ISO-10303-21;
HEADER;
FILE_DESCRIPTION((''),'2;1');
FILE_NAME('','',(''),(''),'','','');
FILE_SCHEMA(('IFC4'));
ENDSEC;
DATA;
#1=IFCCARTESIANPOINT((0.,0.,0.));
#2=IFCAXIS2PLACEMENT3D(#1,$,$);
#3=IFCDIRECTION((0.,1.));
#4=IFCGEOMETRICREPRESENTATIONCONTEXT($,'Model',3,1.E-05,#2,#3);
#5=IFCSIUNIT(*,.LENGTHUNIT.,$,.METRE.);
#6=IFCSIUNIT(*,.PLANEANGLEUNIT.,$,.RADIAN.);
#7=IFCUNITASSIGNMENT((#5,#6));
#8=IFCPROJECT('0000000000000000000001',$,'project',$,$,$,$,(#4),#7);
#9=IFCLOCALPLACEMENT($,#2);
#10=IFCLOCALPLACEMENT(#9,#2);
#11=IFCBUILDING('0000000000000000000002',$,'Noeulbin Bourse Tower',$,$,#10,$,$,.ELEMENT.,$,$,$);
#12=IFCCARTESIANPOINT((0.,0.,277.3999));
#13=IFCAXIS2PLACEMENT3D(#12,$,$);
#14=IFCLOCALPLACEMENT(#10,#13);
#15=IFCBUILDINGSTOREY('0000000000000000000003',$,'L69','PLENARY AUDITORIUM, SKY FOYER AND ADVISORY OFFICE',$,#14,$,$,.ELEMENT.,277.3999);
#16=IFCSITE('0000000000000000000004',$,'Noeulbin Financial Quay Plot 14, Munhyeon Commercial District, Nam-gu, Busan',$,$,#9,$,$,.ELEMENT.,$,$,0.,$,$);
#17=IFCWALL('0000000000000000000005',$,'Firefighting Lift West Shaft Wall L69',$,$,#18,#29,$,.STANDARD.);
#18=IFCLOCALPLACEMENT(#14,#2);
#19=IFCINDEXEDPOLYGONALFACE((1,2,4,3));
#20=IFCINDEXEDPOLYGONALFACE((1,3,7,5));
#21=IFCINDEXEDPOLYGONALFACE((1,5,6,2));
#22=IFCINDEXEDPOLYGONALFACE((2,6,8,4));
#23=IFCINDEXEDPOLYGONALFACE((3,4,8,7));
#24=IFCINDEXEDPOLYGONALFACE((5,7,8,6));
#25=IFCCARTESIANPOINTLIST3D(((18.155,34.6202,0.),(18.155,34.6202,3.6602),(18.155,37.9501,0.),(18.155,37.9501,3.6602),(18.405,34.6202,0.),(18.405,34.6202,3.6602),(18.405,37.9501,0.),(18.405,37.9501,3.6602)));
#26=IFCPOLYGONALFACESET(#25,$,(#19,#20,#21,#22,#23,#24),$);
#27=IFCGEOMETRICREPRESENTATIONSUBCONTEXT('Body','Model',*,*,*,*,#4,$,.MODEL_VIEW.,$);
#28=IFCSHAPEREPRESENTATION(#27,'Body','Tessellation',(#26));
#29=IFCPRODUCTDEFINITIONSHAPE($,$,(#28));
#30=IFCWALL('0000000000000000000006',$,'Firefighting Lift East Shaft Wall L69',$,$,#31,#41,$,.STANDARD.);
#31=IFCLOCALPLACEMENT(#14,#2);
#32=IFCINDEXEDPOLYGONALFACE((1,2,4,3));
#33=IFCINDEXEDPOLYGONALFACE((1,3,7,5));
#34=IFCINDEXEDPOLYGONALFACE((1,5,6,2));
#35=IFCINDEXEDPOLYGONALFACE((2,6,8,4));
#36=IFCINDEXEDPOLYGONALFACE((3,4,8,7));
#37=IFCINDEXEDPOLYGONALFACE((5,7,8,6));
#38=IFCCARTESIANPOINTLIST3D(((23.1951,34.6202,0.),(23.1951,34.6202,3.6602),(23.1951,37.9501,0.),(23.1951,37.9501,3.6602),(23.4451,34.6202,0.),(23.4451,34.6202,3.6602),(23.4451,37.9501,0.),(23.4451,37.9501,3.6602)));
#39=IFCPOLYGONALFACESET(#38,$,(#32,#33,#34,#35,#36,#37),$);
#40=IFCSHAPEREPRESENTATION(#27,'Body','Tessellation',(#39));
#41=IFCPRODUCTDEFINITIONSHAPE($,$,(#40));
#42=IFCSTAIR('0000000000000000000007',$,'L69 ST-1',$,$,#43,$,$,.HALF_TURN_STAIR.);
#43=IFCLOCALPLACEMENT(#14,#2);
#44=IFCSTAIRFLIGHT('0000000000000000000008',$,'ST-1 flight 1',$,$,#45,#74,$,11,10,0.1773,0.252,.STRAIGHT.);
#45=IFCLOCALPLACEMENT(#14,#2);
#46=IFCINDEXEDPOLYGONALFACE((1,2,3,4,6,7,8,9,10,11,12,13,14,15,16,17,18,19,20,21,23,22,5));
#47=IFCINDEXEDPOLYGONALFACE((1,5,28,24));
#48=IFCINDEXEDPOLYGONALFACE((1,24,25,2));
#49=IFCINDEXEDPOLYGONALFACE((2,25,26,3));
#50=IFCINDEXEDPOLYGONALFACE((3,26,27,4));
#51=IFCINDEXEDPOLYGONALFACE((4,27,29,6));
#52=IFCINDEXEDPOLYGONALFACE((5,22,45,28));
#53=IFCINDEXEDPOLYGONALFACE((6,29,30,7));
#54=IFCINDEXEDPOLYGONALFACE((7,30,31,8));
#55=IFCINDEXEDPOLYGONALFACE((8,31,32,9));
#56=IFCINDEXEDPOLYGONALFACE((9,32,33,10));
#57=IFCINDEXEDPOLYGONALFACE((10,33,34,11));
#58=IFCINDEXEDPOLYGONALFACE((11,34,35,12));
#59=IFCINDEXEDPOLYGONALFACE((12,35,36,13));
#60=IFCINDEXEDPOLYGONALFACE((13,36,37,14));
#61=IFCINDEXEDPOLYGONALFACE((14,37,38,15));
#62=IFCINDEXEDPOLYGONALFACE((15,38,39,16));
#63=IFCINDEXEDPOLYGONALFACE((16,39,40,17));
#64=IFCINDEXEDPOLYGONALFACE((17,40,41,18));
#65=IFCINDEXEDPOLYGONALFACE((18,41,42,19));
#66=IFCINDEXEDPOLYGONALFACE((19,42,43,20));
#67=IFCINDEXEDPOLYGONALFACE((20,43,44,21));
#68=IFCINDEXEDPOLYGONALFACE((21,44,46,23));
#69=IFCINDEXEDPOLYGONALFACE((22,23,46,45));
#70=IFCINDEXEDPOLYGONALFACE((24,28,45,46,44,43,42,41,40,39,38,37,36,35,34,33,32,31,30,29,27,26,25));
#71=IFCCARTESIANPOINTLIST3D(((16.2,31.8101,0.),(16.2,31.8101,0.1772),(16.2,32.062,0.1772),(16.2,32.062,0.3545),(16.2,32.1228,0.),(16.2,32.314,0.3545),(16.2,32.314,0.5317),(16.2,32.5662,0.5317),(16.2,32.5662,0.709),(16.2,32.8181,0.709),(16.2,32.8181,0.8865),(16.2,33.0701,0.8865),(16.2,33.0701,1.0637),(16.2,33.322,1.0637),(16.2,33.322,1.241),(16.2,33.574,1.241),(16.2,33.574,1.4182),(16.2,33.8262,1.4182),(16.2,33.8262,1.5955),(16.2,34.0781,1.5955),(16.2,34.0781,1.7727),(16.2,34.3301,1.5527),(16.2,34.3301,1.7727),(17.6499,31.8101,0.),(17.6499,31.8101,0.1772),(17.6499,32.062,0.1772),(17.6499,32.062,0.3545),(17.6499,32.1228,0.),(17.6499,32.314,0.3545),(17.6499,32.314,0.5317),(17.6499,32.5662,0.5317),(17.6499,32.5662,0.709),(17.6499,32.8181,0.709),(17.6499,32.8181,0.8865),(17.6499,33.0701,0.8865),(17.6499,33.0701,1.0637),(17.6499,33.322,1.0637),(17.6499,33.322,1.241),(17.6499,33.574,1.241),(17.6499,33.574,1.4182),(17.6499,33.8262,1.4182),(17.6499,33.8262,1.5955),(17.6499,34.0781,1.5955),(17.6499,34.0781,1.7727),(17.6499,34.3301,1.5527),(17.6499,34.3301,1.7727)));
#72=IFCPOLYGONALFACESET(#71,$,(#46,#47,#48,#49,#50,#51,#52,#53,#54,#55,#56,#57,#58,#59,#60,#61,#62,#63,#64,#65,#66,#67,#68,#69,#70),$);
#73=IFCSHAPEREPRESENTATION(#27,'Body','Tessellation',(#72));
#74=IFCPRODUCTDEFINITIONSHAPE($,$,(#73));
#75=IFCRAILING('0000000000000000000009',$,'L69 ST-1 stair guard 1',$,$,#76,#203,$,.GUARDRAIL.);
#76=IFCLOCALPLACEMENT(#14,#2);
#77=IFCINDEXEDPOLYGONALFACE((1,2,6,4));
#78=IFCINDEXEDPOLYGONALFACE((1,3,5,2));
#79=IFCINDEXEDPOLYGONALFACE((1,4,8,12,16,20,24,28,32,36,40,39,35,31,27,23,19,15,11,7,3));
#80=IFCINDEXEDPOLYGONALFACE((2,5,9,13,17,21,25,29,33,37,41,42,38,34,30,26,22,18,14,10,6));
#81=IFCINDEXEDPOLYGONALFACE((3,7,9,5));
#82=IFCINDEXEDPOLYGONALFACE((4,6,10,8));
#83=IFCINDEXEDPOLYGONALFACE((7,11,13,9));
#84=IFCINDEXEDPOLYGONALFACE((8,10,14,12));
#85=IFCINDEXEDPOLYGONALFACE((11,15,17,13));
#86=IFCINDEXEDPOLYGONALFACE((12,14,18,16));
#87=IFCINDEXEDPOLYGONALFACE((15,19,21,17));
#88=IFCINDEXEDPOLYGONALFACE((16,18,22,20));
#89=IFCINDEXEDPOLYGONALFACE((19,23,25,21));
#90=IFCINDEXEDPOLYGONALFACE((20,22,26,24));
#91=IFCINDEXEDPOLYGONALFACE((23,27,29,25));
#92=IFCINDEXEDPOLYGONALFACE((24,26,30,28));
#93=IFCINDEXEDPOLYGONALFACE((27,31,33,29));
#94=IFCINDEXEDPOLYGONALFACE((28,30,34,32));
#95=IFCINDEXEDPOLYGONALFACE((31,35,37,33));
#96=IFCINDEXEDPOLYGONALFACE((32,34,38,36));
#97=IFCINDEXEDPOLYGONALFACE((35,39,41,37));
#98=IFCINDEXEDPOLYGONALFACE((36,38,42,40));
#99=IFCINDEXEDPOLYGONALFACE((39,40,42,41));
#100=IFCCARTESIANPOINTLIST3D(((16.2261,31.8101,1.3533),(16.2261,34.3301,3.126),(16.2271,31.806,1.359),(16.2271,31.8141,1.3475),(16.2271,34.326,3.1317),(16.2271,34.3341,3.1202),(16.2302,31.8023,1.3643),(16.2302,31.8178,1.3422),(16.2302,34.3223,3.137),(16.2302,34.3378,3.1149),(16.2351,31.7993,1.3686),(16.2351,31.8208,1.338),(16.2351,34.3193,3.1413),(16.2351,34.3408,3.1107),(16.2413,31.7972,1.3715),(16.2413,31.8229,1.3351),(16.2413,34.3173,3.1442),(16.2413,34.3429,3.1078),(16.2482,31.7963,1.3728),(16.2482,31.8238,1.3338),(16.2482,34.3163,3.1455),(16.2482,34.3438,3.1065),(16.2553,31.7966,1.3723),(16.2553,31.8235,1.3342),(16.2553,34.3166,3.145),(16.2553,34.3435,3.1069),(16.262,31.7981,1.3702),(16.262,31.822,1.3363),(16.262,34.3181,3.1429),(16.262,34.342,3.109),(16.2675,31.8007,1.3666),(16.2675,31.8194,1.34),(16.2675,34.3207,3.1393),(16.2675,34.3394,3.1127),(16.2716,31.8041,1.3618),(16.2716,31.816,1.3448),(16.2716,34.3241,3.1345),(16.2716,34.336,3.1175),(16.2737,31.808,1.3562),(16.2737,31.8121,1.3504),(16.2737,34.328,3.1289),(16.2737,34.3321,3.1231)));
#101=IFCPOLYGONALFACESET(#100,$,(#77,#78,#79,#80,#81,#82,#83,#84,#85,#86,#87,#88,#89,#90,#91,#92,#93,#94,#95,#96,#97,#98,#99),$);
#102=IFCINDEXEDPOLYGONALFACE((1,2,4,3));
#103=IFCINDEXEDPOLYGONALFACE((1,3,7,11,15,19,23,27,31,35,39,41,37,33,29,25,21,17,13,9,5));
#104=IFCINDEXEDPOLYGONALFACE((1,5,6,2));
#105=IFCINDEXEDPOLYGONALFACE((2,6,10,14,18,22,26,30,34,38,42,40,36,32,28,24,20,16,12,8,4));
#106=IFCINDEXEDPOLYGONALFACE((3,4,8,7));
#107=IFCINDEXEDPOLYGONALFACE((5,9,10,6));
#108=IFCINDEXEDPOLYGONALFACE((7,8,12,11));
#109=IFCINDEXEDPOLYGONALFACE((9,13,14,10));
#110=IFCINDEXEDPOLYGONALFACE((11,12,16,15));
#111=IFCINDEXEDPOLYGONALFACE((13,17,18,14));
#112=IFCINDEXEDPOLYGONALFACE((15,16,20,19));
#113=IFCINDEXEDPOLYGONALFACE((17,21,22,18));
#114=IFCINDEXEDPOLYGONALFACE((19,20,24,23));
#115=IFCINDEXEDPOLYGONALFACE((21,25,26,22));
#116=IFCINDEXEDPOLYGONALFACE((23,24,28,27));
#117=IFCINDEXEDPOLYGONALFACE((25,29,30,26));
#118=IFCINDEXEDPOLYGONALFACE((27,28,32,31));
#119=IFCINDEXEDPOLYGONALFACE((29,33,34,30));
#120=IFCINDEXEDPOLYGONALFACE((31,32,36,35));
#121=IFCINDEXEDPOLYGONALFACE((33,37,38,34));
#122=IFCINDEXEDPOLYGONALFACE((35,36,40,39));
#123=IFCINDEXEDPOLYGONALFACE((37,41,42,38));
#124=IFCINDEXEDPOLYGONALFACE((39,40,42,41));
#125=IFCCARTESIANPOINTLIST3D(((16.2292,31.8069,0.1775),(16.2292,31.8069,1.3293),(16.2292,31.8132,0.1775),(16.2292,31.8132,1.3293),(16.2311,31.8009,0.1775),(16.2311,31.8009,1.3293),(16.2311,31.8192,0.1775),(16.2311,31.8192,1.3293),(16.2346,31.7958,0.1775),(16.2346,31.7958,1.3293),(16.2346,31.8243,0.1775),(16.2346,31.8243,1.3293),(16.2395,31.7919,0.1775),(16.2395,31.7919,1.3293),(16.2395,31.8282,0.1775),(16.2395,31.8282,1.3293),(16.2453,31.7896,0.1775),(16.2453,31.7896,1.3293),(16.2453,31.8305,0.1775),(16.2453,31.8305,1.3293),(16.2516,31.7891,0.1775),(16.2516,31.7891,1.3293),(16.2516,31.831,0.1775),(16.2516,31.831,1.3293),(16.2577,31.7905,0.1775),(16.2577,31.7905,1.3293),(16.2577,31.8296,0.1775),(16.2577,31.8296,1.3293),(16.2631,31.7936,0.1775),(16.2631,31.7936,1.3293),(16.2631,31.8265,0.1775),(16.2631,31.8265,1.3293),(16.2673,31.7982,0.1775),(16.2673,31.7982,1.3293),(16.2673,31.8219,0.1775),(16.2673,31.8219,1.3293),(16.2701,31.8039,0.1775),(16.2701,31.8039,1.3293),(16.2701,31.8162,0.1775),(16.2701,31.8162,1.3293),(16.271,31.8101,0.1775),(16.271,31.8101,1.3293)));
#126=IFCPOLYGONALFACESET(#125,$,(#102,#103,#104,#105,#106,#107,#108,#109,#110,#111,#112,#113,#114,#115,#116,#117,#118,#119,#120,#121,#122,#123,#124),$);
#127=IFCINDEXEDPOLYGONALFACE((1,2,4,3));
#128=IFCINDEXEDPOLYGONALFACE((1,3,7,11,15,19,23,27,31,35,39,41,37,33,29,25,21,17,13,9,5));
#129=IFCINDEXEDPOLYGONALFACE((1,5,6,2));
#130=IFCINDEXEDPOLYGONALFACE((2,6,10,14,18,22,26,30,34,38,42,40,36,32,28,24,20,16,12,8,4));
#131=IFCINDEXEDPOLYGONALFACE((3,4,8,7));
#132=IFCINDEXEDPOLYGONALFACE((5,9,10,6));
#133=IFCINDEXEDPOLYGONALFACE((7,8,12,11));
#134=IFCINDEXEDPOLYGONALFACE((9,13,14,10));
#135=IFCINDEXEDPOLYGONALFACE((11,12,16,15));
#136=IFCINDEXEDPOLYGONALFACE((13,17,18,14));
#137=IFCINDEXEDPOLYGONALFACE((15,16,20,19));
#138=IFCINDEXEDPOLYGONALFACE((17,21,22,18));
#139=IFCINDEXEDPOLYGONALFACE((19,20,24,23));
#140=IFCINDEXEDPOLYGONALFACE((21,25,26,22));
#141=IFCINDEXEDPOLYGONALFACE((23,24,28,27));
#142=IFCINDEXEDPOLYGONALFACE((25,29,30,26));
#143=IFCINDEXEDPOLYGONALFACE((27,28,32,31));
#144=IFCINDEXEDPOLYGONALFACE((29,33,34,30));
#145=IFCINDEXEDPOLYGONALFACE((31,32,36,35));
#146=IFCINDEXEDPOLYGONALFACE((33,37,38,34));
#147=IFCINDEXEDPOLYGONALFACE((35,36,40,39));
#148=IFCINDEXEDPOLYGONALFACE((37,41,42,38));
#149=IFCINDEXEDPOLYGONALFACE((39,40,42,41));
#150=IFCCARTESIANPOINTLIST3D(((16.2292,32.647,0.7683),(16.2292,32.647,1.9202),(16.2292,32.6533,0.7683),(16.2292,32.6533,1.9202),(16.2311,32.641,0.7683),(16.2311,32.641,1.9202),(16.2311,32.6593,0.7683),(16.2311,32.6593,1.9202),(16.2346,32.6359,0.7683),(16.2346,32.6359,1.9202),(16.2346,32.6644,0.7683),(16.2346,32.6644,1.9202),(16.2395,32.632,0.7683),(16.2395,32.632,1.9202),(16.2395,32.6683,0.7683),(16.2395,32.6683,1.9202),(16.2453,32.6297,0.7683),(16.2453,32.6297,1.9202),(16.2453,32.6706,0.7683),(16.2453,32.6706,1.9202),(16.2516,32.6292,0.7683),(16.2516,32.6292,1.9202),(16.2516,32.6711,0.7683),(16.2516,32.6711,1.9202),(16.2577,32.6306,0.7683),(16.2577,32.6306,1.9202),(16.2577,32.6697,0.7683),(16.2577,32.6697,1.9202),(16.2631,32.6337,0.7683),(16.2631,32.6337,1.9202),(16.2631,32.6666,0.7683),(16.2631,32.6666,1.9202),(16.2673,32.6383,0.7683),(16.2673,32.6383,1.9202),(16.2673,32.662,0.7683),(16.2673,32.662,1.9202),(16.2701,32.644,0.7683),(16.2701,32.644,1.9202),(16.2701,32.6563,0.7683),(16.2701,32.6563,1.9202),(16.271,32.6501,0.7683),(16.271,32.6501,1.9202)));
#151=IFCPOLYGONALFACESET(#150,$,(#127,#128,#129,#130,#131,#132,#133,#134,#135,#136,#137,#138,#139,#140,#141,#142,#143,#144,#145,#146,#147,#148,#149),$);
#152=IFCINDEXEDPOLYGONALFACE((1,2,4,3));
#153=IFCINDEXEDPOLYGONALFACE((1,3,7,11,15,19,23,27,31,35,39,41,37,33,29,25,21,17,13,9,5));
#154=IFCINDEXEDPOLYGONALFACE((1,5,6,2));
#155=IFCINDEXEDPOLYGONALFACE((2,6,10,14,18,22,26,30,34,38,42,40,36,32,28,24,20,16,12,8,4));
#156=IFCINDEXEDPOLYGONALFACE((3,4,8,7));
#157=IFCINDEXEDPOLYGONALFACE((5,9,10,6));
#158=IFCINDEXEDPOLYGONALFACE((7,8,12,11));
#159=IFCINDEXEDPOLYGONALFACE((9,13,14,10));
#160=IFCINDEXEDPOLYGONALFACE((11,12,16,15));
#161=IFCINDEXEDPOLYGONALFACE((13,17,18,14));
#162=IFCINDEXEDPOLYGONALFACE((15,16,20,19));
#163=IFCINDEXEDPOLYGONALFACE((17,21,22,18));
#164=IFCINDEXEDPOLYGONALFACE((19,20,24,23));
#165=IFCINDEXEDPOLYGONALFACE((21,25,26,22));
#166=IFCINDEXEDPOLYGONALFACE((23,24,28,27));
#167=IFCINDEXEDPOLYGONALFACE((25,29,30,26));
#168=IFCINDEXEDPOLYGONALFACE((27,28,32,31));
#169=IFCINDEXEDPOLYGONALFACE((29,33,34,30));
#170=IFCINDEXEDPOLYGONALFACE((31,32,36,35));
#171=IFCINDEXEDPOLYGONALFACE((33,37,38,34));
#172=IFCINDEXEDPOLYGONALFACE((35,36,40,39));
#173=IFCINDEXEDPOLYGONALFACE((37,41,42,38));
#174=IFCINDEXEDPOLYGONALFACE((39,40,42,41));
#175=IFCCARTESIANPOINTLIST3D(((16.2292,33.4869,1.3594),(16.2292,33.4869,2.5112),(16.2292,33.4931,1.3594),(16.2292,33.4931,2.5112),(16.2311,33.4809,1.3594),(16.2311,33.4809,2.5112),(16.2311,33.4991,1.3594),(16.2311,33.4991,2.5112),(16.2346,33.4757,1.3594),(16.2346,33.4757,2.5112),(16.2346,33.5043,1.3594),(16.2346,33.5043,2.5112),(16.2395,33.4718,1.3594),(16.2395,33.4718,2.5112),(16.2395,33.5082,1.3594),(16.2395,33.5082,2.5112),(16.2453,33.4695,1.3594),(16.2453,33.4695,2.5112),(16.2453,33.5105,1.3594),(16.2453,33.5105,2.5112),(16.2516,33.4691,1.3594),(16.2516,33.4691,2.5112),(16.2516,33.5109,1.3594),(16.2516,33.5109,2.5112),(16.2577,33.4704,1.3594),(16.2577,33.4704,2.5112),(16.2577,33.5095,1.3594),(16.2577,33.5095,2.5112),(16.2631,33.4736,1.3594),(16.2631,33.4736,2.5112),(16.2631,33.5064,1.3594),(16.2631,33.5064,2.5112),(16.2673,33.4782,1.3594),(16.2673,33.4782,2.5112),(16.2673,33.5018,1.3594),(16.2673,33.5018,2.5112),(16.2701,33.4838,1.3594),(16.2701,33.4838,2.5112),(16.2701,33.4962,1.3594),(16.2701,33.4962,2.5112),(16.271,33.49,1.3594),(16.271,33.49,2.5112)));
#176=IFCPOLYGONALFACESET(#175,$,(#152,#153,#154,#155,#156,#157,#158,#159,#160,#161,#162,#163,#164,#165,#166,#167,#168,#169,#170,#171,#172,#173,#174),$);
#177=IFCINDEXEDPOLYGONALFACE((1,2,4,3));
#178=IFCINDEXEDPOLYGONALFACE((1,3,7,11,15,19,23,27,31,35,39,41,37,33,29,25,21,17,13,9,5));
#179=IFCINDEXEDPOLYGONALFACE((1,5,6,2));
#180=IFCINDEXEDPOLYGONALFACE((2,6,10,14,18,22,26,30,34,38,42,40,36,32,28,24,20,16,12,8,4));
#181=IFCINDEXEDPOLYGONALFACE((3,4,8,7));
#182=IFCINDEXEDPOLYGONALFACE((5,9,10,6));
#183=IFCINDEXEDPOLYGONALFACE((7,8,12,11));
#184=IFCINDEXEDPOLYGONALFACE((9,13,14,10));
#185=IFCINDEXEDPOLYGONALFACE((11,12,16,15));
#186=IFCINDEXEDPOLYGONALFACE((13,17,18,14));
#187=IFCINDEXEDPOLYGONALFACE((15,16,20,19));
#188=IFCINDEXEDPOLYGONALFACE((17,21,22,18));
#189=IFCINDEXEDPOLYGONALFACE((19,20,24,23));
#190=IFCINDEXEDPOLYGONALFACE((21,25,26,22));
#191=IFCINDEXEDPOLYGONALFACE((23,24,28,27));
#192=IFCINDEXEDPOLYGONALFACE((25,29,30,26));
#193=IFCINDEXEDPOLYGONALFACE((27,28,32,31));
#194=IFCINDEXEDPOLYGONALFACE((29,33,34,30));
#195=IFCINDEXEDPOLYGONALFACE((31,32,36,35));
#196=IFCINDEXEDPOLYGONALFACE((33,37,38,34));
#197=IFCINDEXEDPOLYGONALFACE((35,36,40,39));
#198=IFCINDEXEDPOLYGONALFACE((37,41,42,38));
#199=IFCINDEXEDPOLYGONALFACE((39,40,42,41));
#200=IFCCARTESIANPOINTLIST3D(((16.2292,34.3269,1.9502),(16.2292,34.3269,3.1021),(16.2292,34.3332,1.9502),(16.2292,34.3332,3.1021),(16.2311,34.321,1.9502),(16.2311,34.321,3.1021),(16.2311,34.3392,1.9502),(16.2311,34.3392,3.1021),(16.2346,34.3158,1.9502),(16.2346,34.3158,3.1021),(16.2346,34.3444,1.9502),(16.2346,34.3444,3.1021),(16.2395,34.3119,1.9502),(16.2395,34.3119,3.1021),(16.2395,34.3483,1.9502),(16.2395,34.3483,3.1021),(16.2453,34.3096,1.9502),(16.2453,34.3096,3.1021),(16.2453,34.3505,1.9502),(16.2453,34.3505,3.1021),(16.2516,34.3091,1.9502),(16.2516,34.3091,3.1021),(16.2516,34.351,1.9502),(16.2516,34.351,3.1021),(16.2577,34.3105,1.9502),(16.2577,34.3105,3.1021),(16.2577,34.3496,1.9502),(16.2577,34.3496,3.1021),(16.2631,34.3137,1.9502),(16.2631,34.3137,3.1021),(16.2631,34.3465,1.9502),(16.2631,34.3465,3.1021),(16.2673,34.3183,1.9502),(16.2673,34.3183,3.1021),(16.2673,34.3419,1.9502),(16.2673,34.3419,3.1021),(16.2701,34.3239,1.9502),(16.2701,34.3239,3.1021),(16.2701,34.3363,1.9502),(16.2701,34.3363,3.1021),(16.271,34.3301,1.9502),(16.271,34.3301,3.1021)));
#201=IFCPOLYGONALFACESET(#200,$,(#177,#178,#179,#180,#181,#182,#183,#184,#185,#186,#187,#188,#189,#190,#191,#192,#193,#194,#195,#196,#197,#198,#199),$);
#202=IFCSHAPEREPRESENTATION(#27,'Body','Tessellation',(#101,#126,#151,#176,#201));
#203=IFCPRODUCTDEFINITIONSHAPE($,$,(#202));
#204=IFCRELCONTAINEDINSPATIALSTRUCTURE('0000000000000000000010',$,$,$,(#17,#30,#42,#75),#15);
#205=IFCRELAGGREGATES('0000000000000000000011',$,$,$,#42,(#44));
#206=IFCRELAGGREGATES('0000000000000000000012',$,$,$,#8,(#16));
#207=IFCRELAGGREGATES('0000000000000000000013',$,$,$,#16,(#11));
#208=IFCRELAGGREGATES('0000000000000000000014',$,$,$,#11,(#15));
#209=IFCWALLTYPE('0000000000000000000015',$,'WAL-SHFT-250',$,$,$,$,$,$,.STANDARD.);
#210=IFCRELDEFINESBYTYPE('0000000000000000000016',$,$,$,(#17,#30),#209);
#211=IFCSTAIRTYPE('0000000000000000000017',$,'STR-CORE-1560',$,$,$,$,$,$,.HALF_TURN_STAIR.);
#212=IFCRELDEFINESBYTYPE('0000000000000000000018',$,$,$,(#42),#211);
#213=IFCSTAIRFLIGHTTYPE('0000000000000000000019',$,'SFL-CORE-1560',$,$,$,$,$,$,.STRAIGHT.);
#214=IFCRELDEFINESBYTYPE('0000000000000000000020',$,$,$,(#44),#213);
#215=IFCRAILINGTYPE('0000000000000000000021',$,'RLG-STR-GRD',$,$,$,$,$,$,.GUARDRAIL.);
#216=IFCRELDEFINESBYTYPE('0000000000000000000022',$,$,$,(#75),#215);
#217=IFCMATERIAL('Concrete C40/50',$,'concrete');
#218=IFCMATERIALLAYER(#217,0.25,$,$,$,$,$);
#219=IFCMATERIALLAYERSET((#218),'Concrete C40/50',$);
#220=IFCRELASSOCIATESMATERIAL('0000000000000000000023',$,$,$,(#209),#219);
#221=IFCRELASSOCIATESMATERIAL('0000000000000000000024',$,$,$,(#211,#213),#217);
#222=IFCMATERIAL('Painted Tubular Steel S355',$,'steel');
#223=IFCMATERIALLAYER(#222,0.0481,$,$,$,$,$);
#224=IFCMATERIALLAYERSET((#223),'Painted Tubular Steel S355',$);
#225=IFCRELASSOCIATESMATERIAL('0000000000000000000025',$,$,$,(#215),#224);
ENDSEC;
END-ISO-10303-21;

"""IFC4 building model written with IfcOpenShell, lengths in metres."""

from ifc_helpers import new_model, si_unit, direction, frame, frame_2d, origin, origin_2d, place, context, subcontext, project, spatial, polyline, rectangle, circle, outline, extrude, material, layer, layer_set, type_object, element, aggregate, save


model = new_model("IFC4")

# Units and contexts
model_context = context("Model", 3, precision=1e-05, world=origin(), true_north=direction((0.0, 1.0)))
body_context = subcontext(model_context, "Body", "Model", "MODEL_VIEW")
ifc_project = project(units=[si_unit("LENGTHUNIT", "METRE"), si_unit("PLANEANGLEUNIT", "RADIAN")], contexts=[model_context])

# Site, building, storey
site_placement = place(None, origin())
site = spatial("IfcSite", under=ifc_project, at=site_placement, Name="Noeulbin Financial Quay Plot 14, Munhyeon Commercial District, Nam-gu, Busan", CompositionType="ELEMENT", RefElevation=0.0)
building_placement = place(site_placement, origin())
building = spatial("IfcBuilding", under=site, at=building_placement, Name="Noeulbin Bourse Tower", CompositionType="ELEMENT")
storey_placement = place(building_placement, frame((0.0, 0.0, 277.3999)))
storey = spatial("IfcBuildingStorey", under=building, at=storey_placement, Name="L69", Description="PLENARY AUDITORIUM, SKY FOYER AND ADVISORY OFFICE", CompositionType="ELEMENT", Elevation=277.3999)

# Shared definitions
ifc_material_1 = material(Name="Concrete C40/50", Category="concrete")

# Shared definitions
ifc_layer_1 = layer(ifc_material_1, 0.25)
ifc_layer_set_1 = layer_set([ifc_layer_1], Name="Concrete C40/50")
wall_type_1 = type_object("IfcWallType", Name="WAL-SHFT-250", PredefinedType="STANDARD", material=ifc_layer_set_1)

# Walls
for number, where, z_axis, x_axis, name in (
    (1, (18.28, 34.6201, 0.0), (0.0, 0.0, 1.0), (0.0, 1.0, 0.0), "Firefighting Lift West Shaft Wall L69"),
    (2, (23.3201, 34.6201, 0.0), (0.0, 0.0, 1.0), (0.0, 1.0, 0.0), "Firefighting Lift East Shaft Wall L69"),
):
    element("IfcWall", number, at=place(storey_placement, frame(where, z_axis=z_axis, x_axis=x_axis)), inside=storey, type_object=wall_type_1, Name=name, PredefinedType="STANDARD", context=body_context, shape_type="SweptSolid", body=[
        extrude(rectangle(XDim=3.3298, YDim=0.25, at=frame_2d((1.665, 0.0))), origin(), (0.0, 0.0, 1.0), 3.6602),
    ])

# Stair, stair flight
stair_type = type_object("IfcStairType", Name="STR-CORE-1560", PredefinedType="HALF_TURN_STAIR", material=ifc_material_1)
stair_placement = place(storey_placement, origin())
stair = element("IfcStair", 3, at=stair_placement, inside=storey, type_object=stair_type, Name="L69 ST-1", PredefinedType="HALF_TURN_STAIR")
stair_flight_type = type_object("IfcStairFlightType", Name="SFL-CORE-1560", PredefinedType="STRAIGHT", material=ifc_material_1)
stair_flight_placement = place(storey_placement, frame((16.925, 31.8101, 0.0), z_axis=(0.0, 0.0, 1.0), x_axis=(0.0, 1.0, 0.0)))
stair_flight = element("IfcStairFlight", 4, at=stair_flight_placement, type_object=stair_flight_type, Name="ST-1 flight 1", NumberOfRisers=11, NumberOfTreads=10, PredefinedType="STRAIGHT", RiserHeight=0.1773, TreadLength=0.252, context=body_context, shape_type="SweptSolid", body=[
    extrude(outline(polyline([(0.0, 0.0), (0.0, 0.1772), (0.252, 0.1772), (0.252, 0.3545), (0.5039, 0.3545), (0.5039, 0.5317), (0.7561, 0.5317), (0.7561, 0.709), (1.0081, 0.709), (1.0081, 0.8865), (1.26, 0.8865), (1.26, 1.0637), (1.512, 1.0637), (1.512, 1.241), (1.7639, 1.241), (1.7639, 1.4182), (2.0161, 1.4182), (2.0161, 1.5955), (2.2681, 1.5955), (2.2681, 1.7727), (2.52, 1.7727), (2.52, 1.95), (2.52, 1.5527), (0.3127, 0.0), (0.0, 0.0)])), frame((0.0, 0.7251, 0.0), z_axis=(0.0, -1.0, 0.0), x_axis=(1.0, 0.0, 0.0)), (0.0, 0.0, 1.0), 1.45),
])
aggregate(stair, [stair_flight])

# Railing
ifc_material_2 = material(Name="Painted Tubular Steel S355", Category="steel")
ifc_layer_2 = layer(ifc_material_2, 0.0481)
ifc_layer_set_2 = layer_set([ifc_layer_2], Name="Painted Tubular Steel S355")
railing_type_1 = type_object("IfcRailingType", Name="RLG-STR-GRD", PredefinedType="GUARDRAIL", material=ifc_layer_set_2)
railing_1_placement = place(storey_placement, frame((16.25, 31.8101, 0.1775)))
element("IfcRailing", 5, at=railing_1_placement, inside=storey, type_object=railing_type_1, Name="L69 ST-1 stair guard 1", PredefinedType="GUARDRAIL", context=body_context, shape_type="SweptSolid", body=[
    extrude(circle(Radius=0.0239, at=origin_2d()), frame((0.0, 0.0, 1.1758), z_axis=(0.0, 0.817904, 0.575354), x_axis=(-1.0, 0.0, 0.0)), (0.0, 0.0, 1.0), 3.0811),
    extrude(circle(Radius=0.021, at=origin_2d()), origin(), (0.0, 0.0, 1.0), 1.1519),
    extrude(circle(Radius=0.021, at=origin_2d()), frame((0.0, 0.8401, 0.5908)), (0.0, 0.0, 1.0), 1.1519),
    extrude(circle(Radius=0.021, at=origin_2d()), frame((0.0, 1.6799, 1.1819)), (0.0, 0.0, 1.0), 1.1519),
    extrude(circle(Radius=0.021, at=origin_2d()), frame((0.0, 2.52, 1.7727)), (0.0, 0.0, 1.0), 1.1519),
])

save(model, "model.ifc")
